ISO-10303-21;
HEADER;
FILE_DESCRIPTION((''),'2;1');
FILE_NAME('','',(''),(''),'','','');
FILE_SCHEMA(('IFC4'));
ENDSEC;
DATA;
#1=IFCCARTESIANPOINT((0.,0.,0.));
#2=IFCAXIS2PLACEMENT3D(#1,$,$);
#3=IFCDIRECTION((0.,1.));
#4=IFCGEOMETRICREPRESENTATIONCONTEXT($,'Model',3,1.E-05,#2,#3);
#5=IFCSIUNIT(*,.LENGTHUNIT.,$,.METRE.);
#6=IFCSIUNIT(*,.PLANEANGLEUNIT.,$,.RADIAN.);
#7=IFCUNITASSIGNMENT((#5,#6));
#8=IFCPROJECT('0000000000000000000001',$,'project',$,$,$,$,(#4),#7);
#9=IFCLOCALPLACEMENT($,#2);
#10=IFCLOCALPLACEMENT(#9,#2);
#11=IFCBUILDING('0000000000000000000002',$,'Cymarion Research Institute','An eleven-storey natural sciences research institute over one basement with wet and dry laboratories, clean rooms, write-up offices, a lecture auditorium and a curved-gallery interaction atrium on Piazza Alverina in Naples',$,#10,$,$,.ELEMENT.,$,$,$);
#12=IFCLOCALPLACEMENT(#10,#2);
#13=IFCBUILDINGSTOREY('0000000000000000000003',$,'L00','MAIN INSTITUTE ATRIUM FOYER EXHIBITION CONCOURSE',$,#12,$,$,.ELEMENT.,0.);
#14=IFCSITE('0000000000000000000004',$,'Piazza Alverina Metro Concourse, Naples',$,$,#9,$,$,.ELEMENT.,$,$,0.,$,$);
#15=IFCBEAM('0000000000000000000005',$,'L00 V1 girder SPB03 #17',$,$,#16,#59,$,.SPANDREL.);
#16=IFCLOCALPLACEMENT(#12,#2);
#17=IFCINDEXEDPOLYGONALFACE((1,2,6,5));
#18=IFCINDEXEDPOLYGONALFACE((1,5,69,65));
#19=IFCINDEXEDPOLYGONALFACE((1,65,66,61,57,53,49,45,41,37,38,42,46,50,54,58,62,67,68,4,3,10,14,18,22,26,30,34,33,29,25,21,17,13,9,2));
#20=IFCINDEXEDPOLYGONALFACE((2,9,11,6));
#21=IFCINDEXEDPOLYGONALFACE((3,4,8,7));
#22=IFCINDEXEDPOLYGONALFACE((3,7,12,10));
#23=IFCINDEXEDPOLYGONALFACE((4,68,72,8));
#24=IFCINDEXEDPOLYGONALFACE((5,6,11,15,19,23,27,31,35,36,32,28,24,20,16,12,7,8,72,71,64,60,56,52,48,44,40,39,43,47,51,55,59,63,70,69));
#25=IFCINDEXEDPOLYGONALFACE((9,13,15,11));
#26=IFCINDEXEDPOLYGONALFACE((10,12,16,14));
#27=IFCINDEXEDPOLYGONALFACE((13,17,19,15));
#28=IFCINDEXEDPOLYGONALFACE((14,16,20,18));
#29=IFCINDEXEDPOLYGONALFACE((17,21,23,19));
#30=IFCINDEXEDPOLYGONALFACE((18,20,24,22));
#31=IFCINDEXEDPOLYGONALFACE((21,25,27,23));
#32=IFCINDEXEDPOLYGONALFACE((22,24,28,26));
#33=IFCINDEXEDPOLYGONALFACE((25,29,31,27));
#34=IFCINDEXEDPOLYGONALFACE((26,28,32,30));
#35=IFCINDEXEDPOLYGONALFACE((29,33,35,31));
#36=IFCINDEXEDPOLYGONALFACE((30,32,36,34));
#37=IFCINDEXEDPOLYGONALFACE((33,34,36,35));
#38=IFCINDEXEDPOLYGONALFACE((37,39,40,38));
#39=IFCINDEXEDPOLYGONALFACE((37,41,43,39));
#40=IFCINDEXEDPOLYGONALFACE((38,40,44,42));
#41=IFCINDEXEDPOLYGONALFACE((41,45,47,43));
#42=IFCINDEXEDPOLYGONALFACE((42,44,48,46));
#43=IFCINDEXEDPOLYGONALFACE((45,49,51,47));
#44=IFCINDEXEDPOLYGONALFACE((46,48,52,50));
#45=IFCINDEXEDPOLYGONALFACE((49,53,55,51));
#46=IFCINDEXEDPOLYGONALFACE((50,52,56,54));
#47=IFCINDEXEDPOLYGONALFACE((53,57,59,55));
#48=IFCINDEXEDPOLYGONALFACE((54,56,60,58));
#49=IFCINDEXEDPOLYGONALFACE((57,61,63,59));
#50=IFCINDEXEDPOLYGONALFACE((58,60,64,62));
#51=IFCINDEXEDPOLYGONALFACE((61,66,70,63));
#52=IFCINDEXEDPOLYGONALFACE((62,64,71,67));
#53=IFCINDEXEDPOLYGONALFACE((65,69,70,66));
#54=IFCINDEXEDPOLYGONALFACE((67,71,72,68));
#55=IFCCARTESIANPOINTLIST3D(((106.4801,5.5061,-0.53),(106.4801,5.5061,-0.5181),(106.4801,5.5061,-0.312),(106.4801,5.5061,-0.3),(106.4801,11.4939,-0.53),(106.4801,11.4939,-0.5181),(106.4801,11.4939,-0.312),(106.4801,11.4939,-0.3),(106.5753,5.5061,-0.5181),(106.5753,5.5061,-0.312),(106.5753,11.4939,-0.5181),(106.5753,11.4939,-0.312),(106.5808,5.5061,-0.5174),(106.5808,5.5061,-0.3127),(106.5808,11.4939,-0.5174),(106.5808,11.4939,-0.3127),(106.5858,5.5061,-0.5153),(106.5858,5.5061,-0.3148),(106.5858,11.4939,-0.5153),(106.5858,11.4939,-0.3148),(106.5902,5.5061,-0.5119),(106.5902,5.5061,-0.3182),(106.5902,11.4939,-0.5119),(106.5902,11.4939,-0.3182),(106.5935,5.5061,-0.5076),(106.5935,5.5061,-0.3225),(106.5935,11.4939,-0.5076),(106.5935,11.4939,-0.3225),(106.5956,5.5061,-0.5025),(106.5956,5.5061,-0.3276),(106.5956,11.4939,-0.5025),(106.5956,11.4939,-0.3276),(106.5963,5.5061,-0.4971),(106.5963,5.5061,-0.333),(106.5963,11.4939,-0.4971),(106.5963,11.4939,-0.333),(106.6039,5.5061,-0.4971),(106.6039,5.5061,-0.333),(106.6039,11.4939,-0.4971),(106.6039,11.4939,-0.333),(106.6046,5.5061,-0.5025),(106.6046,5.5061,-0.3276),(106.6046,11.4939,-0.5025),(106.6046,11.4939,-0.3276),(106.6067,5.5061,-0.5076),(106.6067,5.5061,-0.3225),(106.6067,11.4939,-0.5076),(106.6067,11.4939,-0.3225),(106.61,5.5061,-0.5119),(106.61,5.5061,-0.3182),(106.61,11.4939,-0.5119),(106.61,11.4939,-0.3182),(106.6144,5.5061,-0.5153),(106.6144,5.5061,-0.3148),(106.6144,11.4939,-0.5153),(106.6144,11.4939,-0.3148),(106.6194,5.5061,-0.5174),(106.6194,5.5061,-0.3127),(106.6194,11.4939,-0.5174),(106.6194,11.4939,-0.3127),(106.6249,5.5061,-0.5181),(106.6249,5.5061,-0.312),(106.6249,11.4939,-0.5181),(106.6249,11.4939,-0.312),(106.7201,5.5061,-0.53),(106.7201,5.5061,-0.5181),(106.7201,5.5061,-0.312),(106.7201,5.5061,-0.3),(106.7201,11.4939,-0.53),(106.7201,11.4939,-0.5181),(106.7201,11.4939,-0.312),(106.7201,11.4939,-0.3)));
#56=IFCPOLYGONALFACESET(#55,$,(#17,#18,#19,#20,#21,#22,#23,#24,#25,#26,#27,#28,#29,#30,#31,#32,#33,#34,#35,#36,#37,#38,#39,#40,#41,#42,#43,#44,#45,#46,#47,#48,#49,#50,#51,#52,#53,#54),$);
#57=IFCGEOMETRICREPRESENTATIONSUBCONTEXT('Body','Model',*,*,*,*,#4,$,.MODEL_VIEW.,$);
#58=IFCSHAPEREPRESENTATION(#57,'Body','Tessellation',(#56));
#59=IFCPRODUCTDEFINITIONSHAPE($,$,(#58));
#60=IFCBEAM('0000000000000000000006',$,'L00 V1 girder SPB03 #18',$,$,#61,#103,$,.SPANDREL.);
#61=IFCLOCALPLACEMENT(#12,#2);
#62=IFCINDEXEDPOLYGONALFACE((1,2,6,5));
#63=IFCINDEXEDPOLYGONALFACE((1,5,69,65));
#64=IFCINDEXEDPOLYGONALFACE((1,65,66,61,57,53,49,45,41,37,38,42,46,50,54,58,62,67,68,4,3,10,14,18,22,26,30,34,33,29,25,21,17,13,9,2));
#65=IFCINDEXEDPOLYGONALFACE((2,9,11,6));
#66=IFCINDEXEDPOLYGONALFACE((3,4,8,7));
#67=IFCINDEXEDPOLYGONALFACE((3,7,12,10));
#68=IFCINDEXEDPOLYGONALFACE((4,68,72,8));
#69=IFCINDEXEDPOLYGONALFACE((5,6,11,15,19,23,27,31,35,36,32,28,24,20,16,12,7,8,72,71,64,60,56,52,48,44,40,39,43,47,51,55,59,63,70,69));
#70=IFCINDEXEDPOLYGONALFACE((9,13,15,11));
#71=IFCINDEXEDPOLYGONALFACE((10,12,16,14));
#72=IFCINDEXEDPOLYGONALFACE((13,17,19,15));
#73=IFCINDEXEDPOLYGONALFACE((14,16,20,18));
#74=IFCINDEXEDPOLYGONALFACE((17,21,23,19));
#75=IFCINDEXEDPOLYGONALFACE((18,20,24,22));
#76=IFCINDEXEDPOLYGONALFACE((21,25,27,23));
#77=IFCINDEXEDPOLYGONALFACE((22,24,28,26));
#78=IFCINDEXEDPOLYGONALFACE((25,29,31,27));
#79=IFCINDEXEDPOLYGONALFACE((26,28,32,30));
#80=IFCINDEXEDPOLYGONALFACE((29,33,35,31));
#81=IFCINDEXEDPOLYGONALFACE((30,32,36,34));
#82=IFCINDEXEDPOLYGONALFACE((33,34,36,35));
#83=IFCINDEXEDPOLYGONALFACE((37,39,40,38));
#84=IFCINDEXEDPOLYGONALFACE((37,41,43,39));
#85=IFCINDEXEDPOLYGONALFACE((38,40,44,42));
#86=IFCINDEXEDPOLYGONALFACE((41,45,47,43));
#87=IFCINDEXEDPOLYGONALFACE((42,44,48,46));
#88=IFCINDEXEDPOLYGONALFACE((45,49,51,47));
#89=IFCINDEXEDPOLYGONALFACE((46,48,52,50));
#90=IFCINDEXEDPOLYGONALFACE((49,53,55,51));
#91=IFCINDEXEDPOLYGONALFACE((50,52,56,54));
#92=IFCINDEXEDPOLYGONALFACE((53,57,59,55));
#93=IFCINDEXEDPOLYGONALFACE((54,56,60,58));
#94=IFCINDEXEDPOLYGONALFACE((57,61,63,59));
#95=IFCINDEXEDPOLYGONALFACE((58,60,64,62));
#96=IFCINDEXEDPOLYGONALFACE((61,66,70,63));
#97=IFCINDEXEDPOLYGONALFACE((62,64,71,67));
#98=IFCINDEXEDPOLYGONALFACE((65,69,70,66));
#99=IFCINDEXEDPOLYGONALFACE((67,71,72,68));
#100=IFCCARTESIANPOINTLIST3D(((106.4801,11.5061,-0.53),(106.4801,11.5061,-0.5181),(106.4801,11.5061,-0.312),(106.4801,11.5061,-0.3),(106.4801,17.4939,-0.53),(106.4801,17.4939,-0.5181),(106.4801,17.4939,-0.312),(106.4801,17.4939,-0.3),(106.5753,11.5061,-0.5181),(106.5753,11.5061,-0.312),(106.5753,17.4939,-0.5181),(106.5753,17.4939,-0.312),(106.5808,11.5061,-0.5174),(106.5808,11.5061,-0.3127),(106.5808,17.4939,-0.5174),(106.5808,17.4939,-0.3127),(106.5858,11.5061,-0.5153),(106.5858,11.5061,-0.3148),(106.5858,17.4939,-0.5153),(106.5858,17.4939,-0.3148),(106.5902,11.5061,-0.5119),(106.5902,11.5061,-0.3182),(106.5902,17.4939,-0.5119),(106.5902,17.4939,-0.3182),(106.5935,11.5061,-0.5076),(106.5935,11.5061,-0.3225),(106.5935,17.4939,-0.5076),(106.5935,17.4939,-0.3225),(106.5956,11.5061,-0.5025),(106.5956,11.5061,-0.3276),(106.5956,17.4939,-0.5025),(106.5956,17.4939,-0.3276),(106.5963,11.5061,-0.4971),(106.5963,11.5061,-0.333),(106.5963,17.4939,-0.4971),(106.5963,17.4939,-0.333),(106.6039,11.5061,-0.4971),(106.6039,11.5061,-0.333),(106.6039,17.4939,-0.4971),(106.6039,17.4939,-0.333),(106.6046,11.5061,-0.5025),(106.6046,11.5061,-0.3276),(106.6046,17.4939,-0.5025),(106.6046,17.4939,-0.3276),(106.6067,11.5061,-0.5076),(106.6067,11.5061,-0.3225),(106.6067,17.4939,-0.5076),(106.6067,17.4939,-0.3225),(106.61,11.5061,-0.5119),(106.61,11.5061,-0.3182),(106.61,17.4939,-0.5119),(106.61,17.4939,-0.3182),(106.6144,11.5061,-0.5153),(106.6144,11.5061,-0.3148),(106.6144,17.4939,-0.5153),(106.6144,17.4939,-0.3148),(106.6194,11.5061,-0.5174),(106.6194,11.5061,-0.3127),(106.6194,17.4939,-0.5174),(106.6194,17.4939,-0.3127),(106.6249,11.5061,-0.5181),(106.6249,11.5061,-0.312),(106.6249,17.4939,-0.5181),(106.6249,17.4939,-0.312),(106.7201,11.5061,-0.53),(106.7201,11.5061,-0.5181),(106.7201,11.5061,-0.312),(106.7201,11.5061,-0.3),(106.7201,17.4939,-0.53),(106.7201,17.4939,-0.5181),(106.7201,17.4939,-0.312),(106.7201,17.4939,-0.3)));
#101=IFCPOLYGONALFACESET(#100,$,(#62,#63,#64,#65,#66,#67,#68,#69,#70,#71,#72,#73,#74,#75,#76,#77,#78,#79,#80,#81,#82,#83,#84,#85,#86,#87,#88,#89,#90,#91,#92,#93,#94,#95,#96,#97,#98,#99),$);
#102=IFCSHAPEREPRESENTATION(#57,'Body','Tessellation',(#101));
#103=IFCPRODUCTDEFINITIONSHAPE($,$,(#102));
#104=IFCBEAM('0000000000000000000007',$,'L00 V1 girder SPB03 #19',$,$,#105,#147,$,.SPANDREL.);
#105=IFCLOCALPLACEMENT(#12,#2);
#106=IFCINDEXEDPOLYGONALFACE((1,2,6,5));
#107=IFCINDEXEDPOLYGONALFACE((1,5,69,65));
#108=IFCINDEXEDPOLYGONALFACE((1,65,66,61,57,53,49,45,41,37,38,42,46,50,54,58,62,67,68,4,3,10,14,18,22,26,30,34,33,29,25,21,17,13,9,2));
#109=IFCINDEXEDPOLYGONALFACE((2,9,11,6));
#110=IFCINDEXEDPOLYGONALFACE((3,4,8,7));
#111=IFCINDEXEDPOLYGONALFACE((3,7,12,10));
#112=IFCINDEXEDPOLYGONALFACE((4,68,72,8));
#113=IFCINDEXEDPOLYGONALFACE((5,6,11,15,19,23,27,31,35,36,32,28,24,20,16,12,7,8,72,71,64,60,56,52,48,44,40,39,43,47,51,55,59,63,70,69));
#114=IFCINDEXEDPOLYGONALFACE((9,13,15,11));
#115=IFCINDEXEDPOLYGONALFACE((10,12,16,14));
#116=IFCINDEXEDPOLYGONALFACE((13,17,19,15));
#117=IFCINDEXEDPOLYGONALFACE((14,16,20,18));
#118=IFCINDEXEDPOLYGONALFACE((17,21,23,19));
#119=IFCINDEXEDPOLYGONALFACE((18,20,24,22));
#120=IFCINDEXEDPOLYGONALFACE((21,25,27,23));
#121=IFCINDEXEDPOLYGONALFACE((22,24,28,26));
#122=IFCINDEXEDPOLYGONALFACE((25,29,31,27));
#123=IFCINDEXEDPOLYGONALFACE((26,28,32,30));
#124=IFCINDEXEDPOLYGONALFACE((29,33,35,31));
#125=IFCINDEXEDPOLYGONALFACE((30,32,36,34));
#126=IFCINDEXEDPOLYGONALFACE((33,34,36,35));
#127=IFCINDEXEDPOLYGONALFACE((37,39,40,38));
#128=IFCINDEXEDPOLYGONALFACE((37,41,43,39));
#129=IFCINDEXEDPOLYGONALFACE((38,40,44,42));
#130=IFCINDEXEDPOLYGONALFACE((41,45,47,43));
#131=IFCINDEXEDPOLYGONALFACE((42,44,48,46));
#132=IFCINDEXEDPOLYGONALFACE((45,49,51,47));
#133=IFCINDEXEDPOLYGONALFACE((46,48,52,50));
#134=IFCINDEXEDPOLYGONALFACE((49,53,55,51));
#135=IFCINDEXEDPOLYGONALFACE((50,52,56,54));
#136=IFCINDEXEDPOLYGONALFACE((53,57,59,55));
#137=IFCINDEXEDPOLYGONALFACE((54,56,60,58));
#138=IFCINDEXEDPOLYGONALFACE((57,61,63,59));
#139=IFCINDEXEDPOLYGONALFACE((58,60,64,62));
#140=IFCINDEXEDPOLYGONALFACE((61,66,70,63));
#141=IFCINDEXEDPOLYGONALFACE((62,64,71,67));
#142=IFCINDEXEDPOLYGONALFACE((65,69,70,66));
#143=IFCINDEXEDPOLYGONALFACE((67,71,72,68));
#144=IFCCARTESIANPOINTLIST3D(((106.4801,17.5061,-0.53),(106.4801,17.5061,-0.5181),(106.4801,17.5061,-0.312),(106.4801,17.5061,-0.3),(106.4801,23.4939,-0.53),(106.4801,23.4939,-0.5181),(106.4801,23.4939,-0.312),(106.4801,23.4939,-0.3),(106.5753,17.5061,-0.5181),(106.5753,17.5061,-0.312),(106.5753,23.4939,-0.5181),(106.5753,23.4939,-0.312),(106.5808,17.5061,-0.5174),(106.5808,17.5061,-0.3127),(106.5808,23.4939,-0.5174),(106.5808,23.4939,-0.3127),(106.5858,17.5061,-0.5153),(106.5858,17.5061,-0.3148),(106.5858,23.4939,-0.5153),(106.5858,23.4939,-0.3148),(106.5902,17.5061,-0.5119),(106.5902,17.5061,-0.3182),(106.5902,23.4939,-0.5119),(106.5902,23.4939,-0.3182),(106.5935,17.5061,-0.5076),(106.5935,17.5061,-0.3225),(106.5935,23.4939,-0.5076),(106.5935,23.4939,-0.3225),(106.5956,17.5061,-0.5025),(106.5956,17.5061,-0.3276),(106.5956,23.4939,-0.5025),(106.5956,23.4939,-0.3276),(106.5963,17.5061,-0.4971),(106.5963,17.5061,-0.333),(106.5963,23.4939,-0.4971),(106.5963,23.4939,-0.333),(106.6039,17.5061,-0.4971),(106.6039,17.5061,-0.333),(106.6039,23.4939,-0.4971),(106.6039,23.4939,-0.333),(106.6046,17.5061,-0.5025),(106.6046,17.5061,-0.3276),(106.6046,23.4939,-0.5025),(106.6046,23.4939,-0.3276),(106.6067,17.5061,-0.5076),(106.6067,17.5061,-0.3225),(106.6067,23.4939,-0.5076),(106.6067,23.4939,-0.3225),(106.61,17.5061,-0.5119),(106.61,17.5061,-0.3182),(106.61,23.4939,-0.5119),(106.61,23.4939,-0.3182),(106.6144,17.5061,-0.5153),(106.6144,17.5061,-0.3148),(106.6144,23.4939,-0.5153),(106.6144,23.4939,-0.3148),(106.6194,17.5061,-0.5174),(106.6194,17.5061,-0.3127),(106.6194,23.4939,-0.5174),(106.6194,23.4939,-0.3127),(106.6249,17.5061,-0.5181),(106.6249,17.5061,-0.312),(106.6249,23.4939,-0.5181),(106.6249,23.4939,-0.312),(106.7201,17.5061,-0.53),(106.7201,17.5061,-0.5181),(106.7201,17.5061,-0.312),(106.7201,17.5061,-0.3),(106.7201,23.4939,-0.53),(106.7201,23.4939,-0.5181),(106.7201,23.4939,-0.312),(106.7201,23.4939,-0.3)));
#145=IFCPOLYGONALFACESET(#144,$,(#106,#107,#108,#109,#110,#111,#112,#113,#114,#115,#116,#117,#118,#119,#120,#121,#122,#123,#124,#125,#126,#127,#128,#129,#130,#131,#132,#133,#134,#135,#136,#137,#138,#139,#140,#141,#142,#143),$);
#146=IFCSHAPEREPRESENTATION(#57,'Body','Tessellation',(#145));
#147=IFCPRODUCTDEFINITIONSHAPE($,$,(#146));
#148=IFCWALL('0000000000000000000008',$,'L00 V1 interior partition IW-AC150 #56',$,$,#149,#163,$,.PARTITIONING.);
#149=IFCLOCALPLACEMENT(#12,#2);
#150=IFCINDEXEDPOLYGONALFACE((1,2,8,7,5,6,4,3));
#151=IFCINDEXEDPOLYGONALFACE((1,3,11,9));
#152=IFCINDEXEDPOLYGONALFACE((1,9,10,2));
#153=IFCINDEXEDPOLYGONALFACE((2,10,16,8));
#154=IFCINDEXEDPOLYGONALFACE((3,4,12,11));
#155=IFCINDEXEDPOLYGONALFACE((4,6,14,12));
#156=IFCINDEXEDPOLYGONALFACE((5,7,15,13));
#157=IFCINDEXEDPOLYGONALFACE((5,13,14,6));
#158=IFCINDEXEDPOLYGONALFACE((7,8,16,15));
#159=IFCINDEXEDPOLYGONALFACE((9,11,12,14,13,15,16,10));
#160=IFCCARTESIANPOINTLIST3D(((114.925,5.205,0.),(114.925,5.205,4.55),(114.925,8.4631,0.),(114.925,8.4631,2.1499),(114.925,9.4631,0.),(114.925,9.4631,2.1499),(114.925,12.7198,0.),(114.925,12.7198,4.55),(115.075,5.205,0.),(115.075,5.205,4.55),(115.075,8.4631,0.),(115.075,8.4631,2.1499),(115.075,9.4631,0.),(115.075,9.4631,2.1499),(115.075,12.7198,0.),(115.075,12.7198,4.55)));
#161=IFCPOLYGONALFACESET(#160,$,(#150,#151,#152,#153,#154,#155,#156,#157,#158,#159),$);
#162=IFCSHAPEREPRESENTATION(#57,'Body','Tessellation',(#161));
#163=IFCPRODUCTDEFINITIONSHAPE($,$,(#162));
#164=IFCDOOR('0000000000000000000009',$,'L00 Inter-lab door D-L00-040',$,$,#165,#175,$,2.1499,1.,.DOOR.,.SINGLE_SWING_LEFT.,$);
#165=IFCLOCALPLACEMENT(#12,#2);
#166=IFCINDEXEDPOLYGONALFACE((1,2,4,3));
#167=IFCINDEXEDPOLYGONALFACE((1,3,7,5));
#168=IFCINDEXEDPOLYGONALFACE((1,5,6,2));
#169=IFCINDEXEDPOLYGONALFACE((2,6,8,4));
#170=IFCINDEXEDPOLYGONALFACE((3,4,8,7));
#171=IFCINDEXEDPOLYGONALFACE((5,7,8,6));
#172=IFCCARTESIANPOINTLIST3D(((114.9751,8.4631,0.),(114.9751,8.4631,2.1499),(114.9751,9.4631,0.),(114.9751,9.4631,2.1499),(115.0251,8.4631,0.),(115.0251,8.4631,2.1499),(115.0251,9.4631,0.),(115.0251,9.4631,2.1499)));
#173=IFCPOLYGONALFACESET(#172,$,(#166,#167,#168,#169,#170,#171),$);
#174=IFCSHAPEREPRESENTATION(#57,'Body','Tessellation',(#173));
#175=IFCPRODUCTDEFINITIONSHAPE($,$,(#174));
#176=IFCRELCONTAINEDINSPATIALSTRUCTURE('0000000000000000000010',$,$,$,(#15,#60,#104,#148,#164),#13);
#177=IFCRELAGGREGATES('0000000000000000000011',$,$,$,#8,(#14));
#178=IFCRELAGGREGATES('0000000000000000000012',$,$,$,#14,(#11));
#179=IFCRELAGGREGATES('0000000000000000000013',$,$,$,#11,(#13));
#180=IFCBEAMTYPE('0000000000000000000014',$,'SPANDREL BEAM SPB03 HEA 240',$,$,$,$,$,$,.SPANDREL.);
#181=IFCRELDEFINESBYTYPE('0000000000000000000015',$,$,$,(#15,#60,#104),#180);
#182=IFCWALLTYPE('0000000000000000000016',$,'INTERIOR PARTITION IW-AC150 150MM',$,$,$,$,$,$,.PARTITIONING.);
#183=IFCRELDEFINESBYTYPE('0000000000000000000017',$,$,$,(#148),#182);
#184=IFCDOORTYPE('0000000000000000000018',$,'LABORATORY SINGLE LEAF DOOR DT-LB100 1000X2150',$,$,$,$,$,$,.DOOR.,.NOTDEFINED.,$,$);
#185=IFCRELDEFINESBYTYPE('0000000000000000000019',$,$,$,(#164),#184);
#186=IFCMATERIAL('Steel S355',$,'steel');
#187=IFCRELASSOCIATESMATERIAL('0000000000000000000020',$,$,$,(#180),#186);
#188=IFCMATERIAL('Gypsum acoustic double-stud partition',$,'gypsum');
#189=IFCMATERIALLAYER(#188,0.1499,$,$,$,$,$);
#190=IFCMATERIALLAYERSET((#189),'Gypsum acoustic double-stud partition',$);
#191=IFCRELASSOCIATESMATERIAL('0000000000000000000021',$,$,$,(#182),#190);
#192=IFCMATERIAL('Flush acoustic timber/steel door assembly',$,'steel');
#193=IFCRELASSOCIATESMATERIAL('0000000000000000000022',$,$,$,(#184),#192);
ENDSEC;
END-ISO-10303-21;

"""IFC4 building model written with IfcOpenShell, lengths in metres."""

from ifc_helpers import new_model, si_unit, direction, frame, frame_2d, origin, origin_2d, place, context, subcontext, project, spatial, rectangle, i_section, extrude, material, layer, layer_set, material_profile, profile_set, type_object, element, fill, save


model = new_model("IFC4")

# Units and contexts
model_context = context("Model", 3, precision=1e-05, world=origin(), true_north=direction((0.0, 1.0)))
body_context = subcontext(model_context, "Body", "Model", "MODEL_VIEW")
ifc_project = project(units=[si_unit("LENGTHUNIT", "METRE"), si_unit("PLANEANGLEUNIT", "RADIAN")], contexts=[model_context])

# Site, building, storey
site_placement = place(None, origin())
site = spatial("IfcSite", under=ifc_project, at=site_placement, Name="Piazza Alverina Metro Concourse, Naples", CompositionType="ELEMENT", RefElevation=0.0)
building_placement = place(site_placement, origin())
building = spatial("IfcBuilding", under=site, at=building_placement, Name="Cymarion Research Institute", Description="An eleven-storey natural sciences research institute over one basement with wet and dry laboratories, clean rooms, write-up offices, a lecture auditorium and a curved-gallery interaction atrium on Piazza Alverina in Naples", CompositionType="ELEMENT")
storey_placement = place(building_placement, origin())
storey = spatial("IfcBuildingStorey", under=building, at=storey_placement, Name="L00", Description="MAIN INSTITUTE ATRIUM FOYER EXHIBITION CONCOURSE", CompositionType="ELEMENT", Elevation=0.0)

# Shared definitions
ifc_material_1 = material(Name="Steel S355", Category="steel")

# Beams
ifc_material_profile_1 = material_profile(ifc_material_1, i_section(OverallWidth=0.24, OverallDepth=0.23, WebThickness=0.0076, FlangeThickness=0.012, FilletRadius=0.021, at=origin_2d()), Name="HEA 240")
ifc_profile_set_1 = profile_set([ifc_material_profile_1], Name="Steel S355")
beam_type_1 = type_object("IfcBeamType", Name="SPANDREL BEAM SPB03 HEA 240", PredefinedType="SPANDREL", material=ifc_profile_set_1)
for number, where, z_axis, x_axis, name in (
    (1, (106.6001, 5.5061, -0.415), (0.0, 1.0, 0.0), (-1.0, 0.0, 0.0), "L00 V1 girder SPB03 #17"),
    (2, (106.6001, 11.5061, -0.415), (0.0, 1.0, 0.0), (-1.0, 0.0, 0.0), "L00 V1 girder SPB03 #18"),
    (3, (106.6001, 17.5061, -0.415), (0.0, 1.0, 0.0), (-1.0, 0.0, 0.0), "L00 V1 girder SPB03 #19"),
):
    element("IfcBeam", number, at=place(storey_placement, frame(where, z_axis=z_axis, x_axis=x_axis)), inside=storey, type_object=beam_type_1, Name=name, PredefinedType="SPANDREL", context=body_context, shape_type="SweptSolid", body=[
        extrude(i_section(OverallWidth=0.24, OverallDepth=0.23, WebThickness=0.0076, FlangeThickness=0.012, FilletRadius=0.021, at=origin_2d()), origin(), (0.0, 0.0, 1.0), 5.9878),
    ])

# Wall, opening, door
ifc_material_2 = material(Name="Gypsum acoustic double-stud partition", Category="gypsum")
ifc_layer_1 = layer(ifc_material_2, 0.1499)
ifc_layer_set_1 = layer_set([ifc_layer_1], Name="Gypsum acoustic double-stud partition")
wall_type_1 = type_object("IfcWallType", Name="INTERIOR PARTITION IW-AC150 150MM", PredefinedType="PARTITIONING", material=ifc_layer_set_1)
wall_1_placement = place(storey_placement, frame((115.0, 5.2051, 0.0), z_axis=(0.0, 0.0, 1.0), x_axis=(0.0, 1.0, 0.0)))
wall_1 = element("IfcWall", 4, at=wall_1_placement, inside=storey, type_object=wall_type_1, Name="L00 V1 interior partition IW-AC150 #56", PredefinedType="PARTITIONING", context=body_context, shape_type="SweptSolid", body=[
    extrude(rectangle(XDim=7.5149, YDim=0.1499, at=frame_2d((3.7573, 0.0))), origin(), (0.0, 0.0, 1.0), 4.55),
])
opening_1_placement = place(wall_1_placement, frame((3.2581, 0.0, 0.0)))
opening_1 = element("IfcOpeningElement", 5, at=opening_1_placement, cuts=wall_1, PredefinedType="OPENING", context=body_context, shape_type="SweptSolid", body=[
    extrude(rectangle(XDim=1.0, YDim=2.1499, at=frame_2d((0.5, 1.075))), frame((0.0, 0.085, 0.0), z_axis=(0.0, -1.0, 0.0), x_axis=(1.0, 0.0, 0.0)), (0.0, 0.0, 1.0), 0.1699),
])
ifc_material_3 = material(Name="Flush acoustic timber/steel door assembly", Category="steel")
door_type_1 = type_object("IfcDoorType", Name="LABORATORY SINGLE LEAF DOOR DT-LB100 1000X2150", OperationType="NOTDEFINED", PredefinedType="DOOR", material=ifc_material_3)
door_1_placement = place(opening_1_placement, origin())
door_1 = element("IfcDoor", 6, at=door_1_placement, inside=storey, type_object=door_type_1, Name="L00 Inter-lab door D-L00-040", OperationType="SINGLE_SWING_LEFT", OverallHeight=2.1499, OverallWidth=1.0, PredefinedType="DOOR", context=body_context, shape_type="SweptSolid", body=[
    extrude(rectangle(XDim=1.0, YDim=2.1499, at=frame_2d((0.5, 1.075))), frame((0.0, 0.0249, 0.0), z_axis=(0.0, -1.0, 0.0), x_axis=(1.0, 0.0, 0.0)), (0.0, 0.0, 1.0), 0.05),
])
fill(opening_1, door_1)

save(model, "model.ifc")
